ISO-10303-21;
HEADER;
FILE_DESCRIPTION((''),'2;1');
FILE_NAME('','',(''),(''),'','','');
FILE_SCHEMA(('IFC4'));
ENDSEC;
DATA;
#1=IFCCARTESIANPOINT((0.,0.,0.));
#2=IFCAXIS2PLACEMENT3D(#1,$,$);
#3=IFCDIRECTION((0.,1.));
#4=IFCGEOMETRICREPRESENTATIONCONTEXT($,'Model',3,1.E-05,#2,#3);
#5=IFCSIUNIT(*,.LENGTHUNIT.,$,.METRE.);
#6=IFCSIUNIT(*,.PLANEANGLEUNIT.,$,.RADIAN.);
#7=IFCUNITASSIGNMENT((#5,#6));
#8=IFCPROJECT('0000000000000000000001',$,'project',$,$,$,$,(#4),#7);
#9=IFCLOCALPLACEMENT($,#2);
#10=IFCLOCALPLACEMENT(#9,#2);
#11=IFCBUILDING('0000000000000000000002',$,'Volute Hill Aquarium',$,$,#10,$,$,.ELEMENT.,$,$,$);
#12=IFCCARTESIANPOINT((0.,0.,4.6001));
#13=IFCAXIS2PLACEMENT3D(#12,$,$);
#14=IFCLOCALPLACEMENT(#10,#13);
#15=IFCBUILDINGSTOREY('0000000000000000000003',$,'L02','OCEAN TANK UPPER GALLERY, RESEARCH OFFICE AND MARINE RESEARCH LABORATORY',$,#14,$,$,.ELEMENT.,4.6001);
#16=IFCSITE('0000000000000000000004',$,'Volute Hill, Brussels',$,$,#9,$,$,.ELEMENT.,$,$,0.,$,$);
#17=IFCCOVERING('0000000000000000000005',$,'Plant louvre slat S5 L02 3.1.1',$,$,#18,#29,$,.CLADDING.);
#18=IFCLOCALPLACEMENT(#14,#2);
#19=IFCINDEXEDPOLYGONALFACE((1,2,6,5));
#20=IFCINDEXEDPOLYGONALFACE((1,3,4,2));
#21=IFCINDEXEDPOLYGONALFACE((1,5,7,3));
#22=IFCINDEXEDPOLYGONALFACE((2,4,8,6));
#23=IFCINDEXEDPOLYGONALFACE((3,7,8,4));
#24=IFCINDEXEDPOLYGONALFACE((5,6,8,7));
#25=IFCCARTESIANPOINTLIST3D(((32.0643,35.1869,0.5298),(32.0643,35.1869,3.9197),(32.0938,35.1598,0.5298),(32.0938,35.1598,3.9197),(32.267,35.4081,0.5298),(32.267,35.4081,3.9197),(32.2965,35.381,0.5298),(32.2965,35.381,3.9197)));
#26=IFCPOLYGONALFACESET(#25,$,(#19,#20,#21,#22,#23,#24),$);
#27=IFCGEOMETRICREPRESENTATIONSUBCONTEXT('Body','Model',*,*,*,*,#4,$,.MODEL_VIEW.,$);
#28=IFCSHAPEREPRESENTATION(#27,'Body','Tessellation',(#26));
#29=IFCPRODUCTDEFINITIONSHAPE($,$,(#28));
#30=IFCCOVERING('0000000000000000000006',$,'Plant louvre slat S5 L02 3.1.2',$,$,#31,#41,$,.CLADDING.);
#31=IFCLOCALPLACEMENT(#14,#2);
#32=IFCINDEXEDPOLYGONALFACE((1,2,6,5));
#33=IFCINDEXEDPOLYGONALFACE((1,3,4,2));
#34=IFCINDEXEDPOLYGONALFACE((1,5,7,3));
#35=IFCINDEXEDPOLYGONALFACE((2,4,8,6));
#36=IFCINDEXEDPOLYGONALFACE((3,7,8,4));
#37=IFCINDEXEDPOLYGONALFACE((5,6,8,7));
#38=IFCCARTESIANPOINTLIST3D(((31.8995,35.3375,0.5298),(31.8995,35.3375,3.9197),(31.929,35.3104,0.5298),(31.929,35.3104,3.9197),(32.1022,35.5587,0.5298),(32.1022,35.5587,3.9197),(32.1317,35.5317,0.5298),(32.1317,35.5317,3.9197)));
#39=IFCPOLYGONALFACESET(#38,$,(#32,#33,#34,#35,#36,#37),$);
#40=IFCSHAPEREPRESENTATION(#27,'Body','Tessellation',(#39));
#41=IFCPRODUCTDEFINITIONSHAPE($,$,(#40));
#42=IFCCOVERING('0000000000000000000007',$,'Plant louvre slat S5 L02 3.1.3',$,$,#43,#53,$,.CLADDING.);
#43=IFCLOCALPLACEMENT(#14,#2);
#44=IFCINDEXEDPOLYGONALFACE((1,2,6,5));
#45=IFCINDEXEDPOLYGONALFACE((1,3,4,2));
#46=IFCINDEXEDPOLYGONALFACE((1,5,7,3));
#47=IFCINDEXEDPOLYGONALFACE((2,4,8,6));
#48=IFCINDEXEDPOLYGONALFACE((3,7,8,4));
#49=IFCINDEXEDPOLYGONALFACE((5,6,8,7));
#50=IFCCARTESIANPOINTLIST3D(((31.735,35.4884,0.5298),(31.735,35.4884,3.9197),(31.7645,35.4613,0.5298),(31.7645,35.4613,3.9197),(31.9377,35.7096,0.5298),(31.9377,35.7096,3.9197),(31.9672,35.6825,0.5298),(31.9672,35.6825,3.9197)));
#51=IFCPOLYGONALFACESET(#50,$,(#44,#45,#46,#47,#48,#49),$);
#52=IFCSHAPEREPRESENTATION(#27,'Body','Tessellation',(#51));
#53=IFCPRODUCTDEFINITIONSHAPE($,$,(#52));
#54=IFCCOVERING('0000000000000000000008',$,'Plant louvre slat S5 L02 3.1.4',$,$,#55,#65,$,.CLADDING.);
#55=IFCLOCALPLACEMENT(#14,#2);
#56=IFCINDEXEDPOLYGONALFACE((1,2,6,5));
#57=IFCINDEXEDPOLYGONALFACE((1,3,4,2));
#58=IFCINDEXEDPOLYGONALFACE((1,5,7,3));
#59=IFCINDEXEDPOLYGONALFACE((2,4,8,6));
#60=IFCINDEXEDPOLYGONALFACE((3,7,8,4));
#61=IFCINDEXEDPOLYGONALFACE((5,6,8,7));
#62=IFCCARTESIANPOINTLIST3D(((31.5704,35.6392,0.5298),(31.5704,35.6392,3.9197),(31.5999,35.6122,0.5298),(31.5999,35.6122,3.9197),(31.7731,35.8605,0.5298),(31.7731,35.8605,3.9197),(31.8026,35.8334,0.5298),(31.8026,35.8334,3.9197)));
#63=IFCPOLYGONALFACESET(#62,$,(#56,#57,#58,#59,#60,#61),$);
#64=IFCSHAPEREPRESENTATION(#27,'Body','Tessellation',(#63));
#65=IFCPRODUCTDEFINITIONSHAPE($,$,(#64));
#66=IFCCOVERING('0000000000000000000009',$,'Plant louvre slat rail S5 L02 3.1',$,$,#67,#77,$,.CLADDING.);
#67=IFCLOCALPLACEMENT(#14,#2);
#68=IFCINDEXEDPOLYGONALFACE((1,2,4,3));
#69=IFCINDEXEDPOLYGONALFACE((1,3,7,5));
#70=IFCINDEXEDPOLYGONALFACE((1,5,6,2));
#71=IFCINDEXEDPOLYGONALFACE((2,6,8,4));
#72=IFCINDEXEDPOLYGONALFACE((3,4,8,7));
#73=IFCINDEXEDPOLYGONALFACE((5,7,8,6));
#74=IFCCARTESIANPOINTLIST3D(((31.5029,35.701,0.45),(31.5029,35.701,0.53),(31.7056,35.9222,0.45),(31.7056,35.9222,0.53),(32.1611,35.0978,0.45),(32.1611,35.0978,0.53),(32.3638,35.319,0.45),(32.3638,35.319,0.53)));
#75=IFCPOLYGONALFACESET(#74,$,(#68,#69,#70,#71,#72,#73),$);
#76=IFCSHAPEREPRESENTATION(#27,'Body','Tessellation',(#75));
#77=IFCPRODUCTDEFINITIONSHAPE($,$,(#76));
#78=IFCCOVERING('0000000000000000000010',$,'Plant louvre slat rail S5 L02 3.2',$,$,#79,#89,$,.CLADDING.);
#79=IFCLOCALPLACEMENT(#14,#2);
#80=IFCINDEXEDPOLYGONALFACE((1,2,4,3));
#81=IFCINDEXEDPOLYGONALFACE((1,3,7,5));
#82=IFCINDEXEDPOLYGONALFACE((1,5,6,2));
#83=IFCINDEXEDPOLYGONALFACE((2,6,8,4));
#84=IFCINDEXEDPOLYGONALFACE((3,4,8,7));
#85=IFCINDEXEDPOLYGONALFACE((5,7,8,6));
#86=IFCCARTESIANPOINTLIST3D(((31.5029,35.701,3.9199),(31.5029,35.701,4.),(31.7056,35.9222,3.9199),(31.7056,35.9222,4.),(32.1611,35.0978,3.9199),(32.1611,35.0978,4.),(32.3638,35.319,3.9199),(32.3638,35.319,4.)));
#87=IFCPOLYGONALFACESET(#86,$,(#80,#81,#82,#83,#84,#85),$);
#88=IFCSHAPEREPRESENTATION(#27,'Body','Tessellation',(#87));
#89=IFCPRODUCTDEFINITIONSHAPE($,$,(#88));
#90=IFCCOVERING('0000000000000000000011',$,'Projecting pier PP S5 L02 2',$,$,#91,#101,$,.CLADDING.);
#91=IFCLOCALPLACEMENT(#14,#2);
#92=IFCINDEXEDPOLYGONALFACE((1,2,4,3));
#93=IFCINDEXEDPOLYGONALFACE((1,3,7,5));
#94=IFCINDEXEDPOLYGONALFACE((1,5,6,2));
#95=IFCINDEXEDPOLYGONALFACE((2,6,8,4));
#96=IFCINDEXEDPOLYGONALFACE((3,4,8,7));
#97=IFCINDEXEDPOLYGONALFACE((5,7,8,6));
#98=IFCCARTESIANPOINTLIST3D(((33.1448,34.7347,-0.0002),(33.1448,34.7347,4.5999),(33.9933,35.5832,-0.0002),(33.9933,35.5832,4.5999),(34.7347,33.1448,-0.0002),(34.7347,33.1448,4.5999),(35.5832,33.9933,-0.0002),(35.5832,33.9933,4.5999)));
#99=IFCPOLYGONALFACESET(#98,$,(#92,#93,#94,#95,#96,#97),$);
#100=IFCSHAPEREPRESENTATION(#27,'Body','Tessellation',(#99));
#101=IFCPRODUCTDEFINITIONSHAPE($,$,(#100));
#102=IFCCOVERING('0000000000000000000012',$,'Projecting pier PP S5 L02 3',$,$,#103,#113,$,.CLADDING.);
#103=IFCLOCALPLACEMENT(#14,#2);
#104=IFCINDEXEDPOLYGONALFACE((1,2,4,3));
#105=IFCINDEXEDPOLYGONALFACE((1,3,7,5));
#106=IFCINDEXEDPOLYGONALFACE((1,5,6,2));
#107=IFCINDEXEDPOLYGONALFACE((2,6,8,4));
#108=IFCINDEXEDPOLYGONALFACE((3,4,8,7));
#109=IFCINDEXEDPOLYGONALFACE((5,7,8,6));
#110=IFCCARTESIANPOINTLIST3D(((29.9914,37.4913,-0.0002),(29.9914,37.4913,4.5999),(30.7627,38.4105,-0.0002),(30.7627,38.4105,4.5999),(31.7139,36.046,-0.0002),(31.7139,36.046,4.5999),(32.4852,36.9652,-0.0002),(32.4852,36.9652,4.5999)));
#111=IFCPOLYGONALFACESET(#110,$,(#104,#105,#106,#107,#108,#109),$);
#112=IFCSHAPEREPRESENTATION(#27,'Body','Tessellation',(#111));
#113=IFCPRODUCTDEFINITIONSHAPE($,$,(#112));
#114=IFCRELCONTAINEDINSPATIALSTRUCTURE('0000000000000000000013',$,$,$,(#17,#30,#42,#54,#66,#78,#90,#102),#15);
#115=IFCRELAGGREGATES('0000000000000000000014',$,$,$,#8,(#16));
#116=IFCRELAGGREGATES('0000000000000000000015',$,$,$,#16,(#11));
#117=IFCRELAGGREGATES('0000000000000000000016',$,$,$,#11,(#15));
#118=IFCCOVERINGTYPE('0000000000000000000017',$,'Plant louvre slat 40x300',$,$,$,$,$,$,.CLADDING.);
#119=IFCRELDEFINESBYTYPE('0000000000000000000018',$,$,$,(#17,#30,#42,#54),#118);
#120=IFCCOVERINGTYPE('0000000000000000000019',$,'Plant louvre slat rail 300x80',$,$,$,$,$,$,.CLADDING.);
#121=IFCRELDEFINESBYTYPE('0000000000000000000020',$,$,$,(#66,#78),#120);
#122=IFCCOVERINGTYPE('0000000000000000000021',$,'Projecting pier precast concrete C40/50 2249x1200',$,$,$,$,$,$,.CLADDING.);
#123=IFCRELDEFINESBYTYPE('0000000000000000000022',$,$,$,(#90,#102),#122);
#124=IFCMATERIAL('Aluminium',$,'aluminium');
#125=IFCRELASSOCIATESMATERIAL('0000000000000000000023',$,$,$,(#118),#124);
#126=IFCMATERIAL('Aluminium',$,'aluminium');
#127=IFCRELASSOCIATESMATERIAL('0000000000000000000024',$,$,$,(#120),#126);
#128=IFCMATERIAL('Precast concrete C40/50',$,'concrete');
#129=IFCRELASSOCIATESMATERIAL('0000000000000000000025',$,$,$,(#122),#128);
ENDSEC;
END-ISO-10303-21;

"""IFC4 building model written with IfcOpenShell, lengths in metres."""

from ifc_helpers import new_model, si_unit, direction, frame, origin, origin_2d, place, context, subcontext, project, spatial, rectangle, extrude, material, type_object, element, save


model = new_model("IFC4")

# Units and contexts
model_context = context("Model", 3, precision=1e-05, world=origin(), true_north=direction((0.0, 1.0)))
body_context = subcontext(model_context, "Body", "Model", "MODEL_VIEW")
ifc_project = project(units=[si_unit("LENGTHUNIT", "METRE"), si_unit("PLANEANGLEUNIT", "RADIAN")], contexts=[model_context])

# Site, building, storey
site_placement = place(None, origin())
site = spatial("IfcSite", under=ifc_project, at=site_placement, Name="Volute Hill, Brussels", CompositionType="ELEMENT", RefElevation=0.0)
building_placement = place(site_placement, origin())
building = spatial("IfcBuilding", under=site, at=building_placement, Name="Volute Hill Aquarium", CompositionType="ELEMENT")
storey_placement = place(building_placement, frame((0.0, 0.0, 4.6001)))
storey = spatial("IfcBuildingStorey", under=building, at=storey_placement, Name="L02", Description="OCEAN TANK UPPER GALLERY, RESEARCH OFFICE AND MARINE RESEARCH LABORATORY", CompositionType="ELEMENT", Elevation=4.6001)

# Coverings
ifc_material_1 = material(Name="Aluminium", Category="aluminium")
covering_type_1 = type_object("IfcCoveringType", Name="Plant louvre slat 40x300", PredefinedType="CLADDING", material=ifc_material_1)
for number, where, z_axis, x_axis, name in (
    (1, (32.1804, 35.2839, 0.5298), (0.0, 0.0, 1.0), (-0.737282, 0.675585, 0.0), "Plant louvre slat S5 L02 3.1.1"),
    (2, (32.0156, 35.4346, 0.5298), (0.0, 0.0, 1.0), (-0.737282, 0.675585, 0.0), "Plant louvre slat S5 L02 3.1.2"),
    (3, (31.8511, 35.5854, 0.5298), (0.0, 0.0, 1.0), (-0.737282, 0.675585, 0.0), "Plant louvre slat S5 L02 3.1.3"),
    (4, (31.6865, 35.7363, 0.5298), (0.0, 0.0, 1.0), (-0.737282, 0.675585, 0.0), "Plant louvre slat S5 L02 3.1.4"),
):
    element("IfcCovering", number, at=place(storey_placement, frame(where, z_axis=z_axis, x_axis=x_axis)), inside=storey, type_object=covering_type_1, Name=name, PredefinedType="CLADDING", context=body_context, shape_type="SweptSolid", body=[
        extrude(rectangle(XDim=0.04, YDim=0.3, at=origin_2d()), origin(), (0.0, 0.0, 1.0), 3.3899),
    ])
ifc_material_2 = material(Name="Aluminium", Category="aluminium")
covering_type_2 = type_object("IfcCoveringType", Name="Plant louvre slat rail 300x80", PredefinedType="CLADDING", material=ifc_material_2)
for number, where, z_axis, x_axis, name in (
    (5, (31.9333, 35.51, 0.45), (0.0, 0.0, 1.0), (-0.737282, 0.675585, 0.0), "Plant louvre slat rail S5 L02 3.1"),
    (6, (31.9333, 35.51, 3.9199), (0.0, 0.0, 1.0), (-0.737282, 0.675585, 0.0), "Plant louvre slat rail S5 L02 3.2"),
):
    element("IfcCovering", number, at=place(storey_placement, frame(where, z_axis=z_axis, x_axis=x_axis)), inside=storey, type_object=covering_type_2, Name=name, PredefinedType="CLADDING", context=body_context, shape_type="SweptSolid", body=[
        extrude(rectangle(XDim=0.8928, YDim=0.3, at=origin_2d()), origin(), (0.0, 0.0, 1.0), 0.0801),
    ])
ifc_material_3 = material(Name="Precast concrete C40/50", Category="concrete")
covering_type_3 = type_object("IfcCoveringType", Name="Projecting pier precast concrete C40/50 2249x1200", PredefinedType="CLADDING", material=ifc_material_3)
for number, where, z_axis, x_axis, name in (
    (7, (34.364, 34.364, -0.0002), (0.0, 0.0, 1.0), (-0.707107, 0.707107, 0.0), "Projecting pier PP S5 L02 2"),
    (8, (31.2383, 37.2283, -0.0002), (0.0, 0.0, 1.0), (-0.766044, 0.642788, 0.0), "Projecting pier PP S5 L02 3"),
):
    element("IfcCovering", number, at=place(storey_placement, frame(where, z_axis=z_axis, x_axis=x_axis)), inside=storey, type_object=covering_type_3, Name=name, PredefinedType="CLADDING", context=body_context, shape_type="SweptSolid", body=[
        extrude(rectangle(XDim=2.2485, YDim=1.2, at=origin_2d()), origin(), (0.0, 0.0, 1.0), 4.6001),
    ])

save(model, "model.ifc")
